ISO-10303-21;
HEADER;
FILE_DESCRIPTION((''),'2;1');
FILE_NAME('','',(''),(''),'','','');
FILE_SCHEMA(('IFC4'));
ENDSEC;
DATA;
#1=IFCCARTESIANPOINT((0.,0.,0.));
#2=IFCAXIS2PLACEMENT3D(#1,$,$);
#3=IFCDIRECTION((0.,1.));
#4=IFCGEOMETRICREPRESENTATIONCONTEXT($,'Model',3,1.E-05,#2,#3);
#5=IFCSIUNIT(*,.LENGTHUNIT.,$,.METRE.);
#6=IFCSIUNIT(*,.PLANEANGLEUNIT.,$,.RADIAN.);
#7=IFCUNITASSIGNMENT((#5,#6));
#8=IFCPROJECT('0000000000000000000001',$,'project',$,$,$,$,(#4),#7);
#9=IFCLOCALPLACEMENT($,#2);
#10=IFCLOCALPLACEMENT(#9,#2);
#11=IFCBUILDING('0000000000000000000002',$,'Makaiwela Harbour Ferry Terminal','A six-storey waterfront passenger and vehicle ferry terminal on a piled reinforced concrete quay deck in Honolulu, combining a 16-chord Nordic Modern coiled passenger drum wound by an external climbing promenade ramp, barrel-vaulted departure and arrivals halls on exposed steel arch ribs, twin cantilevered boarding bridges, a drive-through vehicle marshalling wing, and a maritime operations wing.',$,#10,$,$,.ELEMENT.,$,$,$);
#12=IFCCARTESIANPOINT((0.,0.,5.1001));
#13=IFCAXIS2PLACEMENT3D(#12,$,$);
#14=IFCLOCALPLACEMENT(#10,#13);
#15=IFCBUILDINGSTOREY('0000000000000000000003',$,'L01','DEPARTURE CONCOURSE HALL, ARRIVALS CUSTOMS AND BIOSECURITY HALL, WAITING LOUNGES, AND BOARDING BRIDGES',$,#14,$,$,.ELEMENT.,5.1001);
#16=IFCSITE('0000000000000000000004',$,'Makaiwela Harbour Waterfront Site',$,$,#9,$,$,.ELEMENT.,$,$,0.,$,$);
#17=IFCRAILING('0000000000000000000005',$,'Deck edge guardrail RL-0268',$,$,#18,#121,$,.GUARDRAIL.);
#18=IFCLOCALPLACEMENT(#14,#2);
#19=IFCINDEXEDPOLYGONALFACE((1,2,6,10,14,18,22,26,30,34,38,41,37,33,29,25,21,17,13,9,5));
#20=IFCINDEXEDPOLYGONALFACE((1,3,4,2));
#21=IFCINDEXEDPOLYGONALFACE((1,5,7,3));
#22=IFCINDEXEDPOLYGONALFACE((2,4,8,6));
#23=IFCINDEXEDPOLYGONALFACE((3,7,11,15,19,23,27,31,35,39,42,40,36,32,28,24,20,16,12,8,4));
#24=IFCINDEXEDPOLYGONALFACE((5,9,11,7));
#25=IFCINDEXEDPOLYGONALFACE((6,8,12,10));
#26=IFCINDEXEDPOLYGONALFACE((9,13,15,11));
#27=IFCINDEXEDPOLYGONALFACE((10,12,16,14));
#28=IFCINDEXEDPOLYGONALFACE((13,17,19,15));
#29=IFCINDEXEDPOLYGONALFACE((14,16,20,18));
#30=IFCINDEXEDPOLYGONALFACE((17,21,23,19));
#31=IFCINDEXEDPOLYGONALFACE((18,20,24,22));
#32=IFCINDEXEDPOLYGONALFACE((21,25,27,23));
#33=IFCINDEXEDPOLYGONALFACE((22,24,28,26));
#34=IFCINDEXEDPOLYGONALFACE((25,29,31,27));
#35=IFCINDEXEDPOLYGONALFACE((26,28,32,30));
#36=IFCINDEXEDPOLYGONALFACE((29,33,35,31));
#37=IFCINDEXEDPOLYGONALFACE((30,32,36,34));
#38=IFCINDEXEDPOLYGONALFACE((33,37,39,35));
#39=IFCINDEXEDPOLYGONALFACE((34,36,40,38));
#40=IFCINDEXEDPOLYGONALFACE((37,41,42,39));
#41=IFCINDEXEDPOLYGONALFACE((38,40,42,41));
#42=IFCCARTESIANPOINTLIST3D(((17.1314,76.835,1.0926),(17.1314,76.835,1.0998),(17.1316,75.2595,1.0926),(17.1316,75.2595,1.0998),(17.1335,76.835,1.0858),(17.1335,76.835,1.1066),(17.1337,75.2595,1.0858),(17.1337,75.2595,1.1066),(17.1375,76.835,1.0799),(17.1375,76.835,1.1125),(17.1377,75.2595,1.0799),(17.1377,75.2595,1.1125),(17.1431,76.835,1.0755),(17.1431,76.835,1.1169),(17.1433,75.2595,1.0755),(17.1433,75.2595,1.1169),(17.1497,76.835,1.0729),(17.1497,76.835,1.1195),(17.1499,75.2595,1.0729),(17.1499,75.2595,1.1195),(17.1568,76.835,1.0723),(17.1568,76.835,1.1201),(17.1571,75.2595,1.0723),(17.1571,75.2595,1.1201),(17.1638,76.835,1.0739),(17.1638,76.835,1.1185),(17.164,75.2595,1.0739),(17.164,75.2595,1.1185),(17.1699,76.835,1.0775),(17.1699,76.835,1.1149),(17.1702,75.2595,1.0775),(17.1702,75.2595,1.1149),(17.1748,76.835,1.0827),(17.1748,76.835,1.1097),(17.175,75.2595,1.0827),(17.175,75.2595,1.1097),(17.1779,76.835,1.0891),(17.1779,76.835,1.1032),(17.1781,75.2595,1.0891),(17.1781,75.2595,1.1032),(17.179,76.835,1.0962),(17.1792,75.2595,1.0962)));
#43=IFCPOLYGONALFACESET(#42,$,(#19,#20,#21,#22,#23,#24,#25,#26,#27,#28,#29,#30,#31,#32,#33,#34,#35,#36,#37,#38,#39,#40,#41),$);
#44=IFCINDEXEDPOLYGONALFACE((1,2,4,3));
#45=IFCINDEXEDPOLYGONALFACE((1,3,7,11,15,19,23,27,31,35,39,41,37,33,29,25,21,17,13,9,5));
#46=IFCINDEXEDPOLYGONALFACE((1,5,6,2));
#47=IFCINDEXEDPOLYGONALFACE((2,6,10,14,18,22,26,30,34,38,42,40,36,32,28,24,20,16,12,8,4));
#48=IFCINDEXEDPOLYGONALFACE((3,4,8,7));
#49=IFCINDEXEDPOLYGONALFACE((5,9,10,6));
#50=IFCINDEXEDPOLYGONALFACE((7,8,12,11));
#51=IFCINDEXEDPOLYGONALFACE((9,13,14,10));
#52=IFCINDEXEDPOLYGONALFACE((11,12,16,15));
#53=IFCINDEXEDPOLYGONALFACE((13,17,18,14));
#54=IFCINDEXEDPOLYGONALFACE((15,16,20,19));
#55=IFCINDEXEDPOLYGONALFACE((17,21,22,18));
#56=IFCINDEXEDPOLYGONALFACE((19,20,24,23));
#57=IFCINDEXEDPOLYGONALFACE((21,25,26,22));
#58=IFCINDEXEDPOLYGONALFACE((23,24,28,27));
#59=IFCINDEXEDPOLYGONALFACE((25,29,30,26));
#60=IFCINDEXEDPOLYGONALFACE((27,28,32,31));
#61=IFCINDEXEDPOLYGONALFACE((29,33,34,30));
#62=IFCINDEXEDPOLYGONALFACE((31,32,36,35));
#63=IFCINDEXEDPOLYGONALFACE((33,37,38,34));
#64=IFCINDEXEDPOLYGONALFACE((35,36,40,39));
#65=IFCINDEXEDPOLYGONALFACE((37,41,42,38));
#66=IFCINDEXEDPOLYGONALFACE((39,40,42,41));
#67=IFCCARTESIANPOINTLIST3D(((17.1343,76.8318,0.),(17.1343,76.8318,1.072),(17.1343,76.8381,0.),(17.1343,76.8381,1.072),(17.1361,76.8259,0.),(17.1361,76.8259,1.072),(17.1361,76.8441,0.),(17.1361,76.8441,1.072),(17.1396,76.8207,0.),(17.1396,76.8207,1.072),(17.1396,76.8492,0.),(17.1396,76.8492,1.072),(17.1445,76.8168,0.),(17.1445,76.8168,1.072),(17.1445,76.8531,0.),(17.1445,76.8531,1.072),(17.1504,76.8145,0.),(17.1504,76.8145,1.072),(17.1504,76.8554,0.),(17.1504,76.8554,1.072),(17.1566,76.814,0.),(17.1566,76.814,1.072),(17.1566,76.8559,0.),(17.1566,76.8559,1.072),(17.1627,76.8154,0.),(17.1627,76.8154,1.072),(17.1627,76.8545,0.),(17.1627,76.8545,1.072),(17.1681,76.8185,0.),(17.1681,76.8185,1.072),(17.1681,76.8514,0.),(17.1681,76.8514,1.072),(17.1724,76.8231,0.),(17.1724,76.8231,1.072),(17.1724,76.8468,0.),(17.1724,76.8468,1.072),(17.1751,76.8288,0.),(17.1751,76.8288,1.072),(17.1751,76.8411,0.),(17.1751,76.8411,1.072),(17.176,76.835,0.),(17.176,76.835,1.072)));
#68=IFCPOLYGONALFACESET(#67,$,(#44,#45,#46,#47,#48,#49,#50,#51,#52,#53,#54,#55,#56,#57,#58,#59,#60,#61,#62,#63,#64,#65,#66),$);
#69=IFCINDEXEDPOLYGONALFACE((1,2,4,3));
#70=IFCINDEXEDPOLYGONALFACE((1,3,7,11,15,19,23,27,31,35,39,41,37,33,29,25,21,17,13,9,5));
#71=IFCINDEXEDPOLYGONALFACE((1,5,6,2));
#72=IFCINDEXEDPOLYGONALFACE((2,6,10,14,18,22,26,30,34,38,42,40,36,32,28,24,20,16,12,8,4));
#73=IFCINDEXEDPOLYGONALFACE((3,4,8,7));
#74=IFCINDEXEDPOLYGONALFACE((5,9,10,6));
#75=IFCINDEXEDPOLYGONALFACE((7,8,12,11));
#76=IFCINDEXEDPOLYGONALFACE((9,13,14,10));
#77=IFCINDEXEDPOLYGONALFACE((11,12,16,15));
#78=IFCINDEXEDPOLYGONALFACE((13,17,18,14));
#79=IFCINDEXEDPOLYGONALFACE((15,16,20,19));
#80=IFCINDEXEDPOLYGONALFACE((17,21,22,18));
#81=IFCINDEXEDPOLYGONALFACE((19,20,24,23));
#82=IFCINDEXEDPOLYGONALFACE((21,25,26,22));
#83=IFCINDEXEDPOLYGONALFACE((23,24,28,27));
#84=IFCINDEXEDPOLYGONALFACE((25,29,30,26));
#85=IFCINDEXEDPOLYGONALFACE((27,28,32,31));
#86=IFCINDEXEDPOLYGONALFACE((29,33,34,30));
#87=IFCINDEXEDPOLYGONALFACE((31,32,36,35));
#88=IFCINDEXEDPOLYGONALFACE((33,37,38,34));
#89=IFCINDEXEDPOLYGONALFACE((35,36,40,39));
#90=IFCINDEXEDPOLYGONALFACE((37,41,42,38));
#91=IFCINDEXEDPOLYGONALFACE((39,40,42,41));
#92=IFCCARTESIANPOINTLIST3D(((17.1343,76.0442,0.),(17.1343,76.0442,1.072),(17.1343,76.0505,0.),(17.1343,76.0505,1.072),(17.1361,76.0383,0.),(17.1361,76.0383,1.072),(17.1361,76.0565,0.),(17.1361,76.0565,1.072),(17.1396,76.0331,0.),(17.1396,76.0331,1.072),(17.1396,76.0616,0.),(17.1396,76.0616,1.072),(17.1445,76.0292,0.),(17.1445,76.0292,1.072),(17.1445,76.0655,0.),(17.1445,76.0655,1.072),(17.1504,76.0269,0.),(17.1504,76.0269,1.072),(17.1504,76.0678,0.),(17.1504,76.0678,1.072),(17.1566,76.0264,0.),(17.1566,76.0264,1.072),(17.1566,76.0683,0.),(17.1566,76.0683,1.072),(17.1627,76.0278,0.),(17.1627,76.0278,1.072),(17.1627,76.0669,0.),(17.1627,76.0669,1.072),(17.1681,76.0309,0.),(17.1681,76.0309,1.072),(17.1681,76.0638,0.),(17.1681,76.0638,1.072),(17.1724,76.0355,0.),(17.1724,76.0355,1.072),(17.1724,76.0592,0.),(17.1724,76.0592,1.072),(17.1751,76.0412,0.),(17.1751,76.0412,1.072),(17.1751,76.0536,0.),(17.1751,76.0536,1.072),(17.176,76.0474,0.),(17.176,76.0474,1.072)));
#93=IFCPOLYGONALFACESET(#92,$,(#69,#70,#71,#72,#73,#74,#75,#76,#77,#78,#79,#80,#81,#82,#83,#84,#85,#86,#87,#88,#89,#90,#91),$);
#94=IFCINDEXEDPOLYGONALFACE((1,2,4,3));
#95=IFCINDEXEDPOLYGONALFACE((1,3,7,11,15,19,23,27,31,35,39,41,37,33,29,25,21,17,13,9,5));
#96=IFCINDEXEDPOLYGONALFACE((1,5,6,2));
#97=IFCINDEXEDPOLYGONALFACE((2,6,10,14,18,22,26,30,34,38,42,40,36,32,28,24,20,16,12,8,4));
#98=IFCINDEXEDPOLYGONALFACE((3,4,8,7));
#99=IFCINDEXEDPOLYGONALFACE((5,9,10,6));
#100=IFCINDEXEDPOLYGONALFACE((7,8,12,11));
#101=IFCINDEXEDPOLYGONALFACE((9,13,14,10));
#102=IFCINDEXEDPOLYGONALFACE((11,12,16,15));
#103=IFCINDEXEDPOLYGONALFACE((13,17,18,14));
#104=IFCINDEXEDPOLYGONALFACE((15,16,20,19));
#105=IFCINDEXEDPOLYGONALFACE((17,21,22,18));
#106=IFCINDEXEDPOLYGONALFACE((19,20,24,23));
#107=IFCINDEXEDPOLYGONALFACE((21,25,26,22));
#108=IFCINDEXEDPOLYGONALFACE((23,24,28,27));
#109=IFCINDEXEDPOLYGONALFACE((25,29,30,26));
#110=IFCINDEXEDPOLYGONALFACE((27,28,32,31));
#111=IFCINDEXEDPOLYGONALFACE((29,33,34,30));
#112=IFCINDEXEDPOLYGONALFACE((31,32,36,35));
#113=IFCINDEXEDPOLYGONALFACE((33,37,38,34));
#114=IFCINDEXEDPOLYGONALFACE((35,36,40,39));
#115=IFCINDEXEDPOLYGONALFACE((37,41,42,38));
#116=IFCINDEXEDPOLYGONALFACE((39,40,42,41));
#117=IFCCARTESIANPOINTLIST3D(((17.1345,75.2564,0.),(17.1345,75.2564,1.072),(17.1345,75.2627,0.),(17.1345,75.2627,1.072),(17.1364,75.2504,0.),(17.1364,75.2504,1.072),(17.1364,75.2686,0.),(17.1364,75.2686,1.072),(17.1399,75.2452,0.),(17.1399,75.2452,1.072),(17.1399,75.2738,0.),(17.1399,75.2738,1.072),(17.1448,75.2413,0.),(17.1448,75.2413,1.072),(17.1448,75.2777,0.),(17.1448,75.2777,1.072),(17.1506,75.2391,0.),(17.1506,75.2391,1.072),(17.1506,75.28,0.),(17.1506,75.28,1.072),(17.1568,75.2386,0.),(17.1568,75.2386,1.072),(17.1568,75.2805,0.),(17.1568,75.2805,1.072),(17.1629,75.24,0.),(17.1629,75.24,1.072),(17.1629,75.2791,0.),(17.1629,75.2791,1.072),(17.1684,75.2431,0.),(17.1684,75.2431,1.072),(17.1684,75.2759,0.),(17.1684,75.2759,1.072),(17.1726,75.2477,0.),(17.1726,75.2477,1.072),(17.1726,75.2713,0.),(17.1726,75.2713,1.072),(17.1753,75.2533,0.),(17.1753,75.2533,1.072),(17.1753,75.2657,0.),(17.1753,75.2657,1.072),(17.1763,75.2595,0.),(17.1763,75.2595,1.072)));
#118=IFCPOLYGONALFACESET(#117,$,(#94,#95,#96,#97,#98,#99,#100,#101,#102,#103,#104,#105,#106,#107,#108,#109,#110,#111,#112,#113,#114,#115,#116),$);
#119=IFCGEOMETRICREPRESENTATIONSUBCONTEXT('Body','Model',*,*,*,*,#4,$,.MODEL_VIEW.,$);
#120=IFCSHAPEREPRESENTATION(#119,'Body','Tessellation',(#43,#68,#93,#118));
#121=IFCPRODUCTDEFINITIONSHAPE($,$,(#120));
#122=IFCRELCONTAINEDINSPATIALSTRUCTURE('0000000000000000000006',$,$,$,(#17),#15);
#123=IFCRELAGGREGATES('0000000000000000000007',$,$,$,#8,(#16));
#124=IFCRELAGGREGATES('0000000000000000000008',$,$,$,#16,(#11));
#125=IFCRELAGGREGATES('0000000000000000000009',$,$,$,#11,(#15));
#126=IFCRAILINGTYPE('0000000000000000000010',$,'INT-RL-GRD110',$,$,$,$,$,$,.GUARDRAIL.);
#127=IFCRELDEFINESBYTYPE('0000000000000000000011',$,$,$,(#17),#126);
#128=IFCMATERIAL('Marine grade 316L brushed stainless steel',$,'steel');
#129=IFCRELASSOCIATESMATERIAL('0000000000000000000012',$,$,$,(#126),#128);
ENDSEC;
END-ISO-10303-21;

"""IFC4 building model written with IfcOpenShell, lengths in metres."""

from ifc_helpers import new_model, si_unit, direction, frame, origin, origin_2d, place, context, subcontext, project, spatial, circle, extrude, material, type_object, element, save


model = new_model("IFC4")

# Units and contexts
model_context = context("Model", 3, precision=1e-05, world=origin(), true_north=direction((0.0, 1.0)))
body_context = subcontext(model_context, "Body", "Model", "MODEL_VIEW")
ifc_project = project(units=[si_unit("LENGTHUNIT", "METRE"), si_unit("PLANEANGLEUNIT", "RADIAN")], contexts=[model_context])

# Site, building, storey
site_placement = place(None, origin())
site = spatial("IfcSite", under=ifc_project, at=site_placement, Name="Makaiwela Harbour Waterfront Site", CompositionType="ELEMENT", RefElevation=0.0)
building_placement = place(site_placement, origin())
building = spatial("IfcBuilding", under=site, at=building_placement, Name="Makaiwela Harbour Ferry Terminal", Description="A six-storey waterfront passenger and vehicle ferry terminal on a piled reinforced concrete quay deck in Honolulu, combining a 16-chord Nordic Modern coiled passenger drum wound by an external climbing promenade ramp, barrel-vaulted departure and arrivals halls on exposed steel arch ribs, twin cantilevered boarding bridges, a drive-through vehicle marshalling wing, and a maritime operations wing.", CompositionType="ELEMENT")
storey_placement = place(building_placement, frame((0.0, 0.0, 5.1001)))
storey = spatial("IfcBuildingStorey", under=building, at=storey_placement, Name="L01", Description="DEPARTURE CONCOURSE HALL, ARRIVALS CUSTOMS AND BIOSECURITY HALL, WAITING LOUNGES, AND BOARDING BRIDGES", CompositionType="ELEMENT", Elevation=5.1001)

# Railing
ifc_material_1 = material(Name="Marine grade 316L brushed stainless steel", Category="steel")
railing_type_1 = type_object("IfcRailingType", Name="INT-RL-GRD110", PredefinedType="GUARDRAIL", material=ifc_material_1)
railing_1_placement = place(storey_placement, frame((17.155, 76.835, 0.0)))
element("IfcRailing", 1, at=railing_1_placement, inside=storey, type_object=railing_type_1, Name="Deck edge guardrail RL-0268", PredefinedType="GUARDRAIL", context=body_context, shape_type="SweptSolid", body=[
    extrude(circle(Radius=0.0239, at=origin_2d()), frame((0.0, 0.0, 1.0962), z_axis=(0.000155, -1.0, 0.0), x_axis=(1.0, 0.000155, 0.0)), (0.0, 0.0, 1.0), 1.5754),
    extrude(circle(Radius=0.021, at=origin_2d()), origin(), (0.0, 0.0, 1.0), 1.072),
    extrude(circle(Radius=0.021, at=origin_2d()), frame((0.0, -0.7876, 0.0)), (0.0, 0.0, 1.0), 1.072),
    extrude(circle(Radius=0.021, at=origin_2d()), frame((0.0002, -1.5754, 0.0)), (0.0, 0.0, 1.0), 1.072),
])

save(model, "model.ifc")
